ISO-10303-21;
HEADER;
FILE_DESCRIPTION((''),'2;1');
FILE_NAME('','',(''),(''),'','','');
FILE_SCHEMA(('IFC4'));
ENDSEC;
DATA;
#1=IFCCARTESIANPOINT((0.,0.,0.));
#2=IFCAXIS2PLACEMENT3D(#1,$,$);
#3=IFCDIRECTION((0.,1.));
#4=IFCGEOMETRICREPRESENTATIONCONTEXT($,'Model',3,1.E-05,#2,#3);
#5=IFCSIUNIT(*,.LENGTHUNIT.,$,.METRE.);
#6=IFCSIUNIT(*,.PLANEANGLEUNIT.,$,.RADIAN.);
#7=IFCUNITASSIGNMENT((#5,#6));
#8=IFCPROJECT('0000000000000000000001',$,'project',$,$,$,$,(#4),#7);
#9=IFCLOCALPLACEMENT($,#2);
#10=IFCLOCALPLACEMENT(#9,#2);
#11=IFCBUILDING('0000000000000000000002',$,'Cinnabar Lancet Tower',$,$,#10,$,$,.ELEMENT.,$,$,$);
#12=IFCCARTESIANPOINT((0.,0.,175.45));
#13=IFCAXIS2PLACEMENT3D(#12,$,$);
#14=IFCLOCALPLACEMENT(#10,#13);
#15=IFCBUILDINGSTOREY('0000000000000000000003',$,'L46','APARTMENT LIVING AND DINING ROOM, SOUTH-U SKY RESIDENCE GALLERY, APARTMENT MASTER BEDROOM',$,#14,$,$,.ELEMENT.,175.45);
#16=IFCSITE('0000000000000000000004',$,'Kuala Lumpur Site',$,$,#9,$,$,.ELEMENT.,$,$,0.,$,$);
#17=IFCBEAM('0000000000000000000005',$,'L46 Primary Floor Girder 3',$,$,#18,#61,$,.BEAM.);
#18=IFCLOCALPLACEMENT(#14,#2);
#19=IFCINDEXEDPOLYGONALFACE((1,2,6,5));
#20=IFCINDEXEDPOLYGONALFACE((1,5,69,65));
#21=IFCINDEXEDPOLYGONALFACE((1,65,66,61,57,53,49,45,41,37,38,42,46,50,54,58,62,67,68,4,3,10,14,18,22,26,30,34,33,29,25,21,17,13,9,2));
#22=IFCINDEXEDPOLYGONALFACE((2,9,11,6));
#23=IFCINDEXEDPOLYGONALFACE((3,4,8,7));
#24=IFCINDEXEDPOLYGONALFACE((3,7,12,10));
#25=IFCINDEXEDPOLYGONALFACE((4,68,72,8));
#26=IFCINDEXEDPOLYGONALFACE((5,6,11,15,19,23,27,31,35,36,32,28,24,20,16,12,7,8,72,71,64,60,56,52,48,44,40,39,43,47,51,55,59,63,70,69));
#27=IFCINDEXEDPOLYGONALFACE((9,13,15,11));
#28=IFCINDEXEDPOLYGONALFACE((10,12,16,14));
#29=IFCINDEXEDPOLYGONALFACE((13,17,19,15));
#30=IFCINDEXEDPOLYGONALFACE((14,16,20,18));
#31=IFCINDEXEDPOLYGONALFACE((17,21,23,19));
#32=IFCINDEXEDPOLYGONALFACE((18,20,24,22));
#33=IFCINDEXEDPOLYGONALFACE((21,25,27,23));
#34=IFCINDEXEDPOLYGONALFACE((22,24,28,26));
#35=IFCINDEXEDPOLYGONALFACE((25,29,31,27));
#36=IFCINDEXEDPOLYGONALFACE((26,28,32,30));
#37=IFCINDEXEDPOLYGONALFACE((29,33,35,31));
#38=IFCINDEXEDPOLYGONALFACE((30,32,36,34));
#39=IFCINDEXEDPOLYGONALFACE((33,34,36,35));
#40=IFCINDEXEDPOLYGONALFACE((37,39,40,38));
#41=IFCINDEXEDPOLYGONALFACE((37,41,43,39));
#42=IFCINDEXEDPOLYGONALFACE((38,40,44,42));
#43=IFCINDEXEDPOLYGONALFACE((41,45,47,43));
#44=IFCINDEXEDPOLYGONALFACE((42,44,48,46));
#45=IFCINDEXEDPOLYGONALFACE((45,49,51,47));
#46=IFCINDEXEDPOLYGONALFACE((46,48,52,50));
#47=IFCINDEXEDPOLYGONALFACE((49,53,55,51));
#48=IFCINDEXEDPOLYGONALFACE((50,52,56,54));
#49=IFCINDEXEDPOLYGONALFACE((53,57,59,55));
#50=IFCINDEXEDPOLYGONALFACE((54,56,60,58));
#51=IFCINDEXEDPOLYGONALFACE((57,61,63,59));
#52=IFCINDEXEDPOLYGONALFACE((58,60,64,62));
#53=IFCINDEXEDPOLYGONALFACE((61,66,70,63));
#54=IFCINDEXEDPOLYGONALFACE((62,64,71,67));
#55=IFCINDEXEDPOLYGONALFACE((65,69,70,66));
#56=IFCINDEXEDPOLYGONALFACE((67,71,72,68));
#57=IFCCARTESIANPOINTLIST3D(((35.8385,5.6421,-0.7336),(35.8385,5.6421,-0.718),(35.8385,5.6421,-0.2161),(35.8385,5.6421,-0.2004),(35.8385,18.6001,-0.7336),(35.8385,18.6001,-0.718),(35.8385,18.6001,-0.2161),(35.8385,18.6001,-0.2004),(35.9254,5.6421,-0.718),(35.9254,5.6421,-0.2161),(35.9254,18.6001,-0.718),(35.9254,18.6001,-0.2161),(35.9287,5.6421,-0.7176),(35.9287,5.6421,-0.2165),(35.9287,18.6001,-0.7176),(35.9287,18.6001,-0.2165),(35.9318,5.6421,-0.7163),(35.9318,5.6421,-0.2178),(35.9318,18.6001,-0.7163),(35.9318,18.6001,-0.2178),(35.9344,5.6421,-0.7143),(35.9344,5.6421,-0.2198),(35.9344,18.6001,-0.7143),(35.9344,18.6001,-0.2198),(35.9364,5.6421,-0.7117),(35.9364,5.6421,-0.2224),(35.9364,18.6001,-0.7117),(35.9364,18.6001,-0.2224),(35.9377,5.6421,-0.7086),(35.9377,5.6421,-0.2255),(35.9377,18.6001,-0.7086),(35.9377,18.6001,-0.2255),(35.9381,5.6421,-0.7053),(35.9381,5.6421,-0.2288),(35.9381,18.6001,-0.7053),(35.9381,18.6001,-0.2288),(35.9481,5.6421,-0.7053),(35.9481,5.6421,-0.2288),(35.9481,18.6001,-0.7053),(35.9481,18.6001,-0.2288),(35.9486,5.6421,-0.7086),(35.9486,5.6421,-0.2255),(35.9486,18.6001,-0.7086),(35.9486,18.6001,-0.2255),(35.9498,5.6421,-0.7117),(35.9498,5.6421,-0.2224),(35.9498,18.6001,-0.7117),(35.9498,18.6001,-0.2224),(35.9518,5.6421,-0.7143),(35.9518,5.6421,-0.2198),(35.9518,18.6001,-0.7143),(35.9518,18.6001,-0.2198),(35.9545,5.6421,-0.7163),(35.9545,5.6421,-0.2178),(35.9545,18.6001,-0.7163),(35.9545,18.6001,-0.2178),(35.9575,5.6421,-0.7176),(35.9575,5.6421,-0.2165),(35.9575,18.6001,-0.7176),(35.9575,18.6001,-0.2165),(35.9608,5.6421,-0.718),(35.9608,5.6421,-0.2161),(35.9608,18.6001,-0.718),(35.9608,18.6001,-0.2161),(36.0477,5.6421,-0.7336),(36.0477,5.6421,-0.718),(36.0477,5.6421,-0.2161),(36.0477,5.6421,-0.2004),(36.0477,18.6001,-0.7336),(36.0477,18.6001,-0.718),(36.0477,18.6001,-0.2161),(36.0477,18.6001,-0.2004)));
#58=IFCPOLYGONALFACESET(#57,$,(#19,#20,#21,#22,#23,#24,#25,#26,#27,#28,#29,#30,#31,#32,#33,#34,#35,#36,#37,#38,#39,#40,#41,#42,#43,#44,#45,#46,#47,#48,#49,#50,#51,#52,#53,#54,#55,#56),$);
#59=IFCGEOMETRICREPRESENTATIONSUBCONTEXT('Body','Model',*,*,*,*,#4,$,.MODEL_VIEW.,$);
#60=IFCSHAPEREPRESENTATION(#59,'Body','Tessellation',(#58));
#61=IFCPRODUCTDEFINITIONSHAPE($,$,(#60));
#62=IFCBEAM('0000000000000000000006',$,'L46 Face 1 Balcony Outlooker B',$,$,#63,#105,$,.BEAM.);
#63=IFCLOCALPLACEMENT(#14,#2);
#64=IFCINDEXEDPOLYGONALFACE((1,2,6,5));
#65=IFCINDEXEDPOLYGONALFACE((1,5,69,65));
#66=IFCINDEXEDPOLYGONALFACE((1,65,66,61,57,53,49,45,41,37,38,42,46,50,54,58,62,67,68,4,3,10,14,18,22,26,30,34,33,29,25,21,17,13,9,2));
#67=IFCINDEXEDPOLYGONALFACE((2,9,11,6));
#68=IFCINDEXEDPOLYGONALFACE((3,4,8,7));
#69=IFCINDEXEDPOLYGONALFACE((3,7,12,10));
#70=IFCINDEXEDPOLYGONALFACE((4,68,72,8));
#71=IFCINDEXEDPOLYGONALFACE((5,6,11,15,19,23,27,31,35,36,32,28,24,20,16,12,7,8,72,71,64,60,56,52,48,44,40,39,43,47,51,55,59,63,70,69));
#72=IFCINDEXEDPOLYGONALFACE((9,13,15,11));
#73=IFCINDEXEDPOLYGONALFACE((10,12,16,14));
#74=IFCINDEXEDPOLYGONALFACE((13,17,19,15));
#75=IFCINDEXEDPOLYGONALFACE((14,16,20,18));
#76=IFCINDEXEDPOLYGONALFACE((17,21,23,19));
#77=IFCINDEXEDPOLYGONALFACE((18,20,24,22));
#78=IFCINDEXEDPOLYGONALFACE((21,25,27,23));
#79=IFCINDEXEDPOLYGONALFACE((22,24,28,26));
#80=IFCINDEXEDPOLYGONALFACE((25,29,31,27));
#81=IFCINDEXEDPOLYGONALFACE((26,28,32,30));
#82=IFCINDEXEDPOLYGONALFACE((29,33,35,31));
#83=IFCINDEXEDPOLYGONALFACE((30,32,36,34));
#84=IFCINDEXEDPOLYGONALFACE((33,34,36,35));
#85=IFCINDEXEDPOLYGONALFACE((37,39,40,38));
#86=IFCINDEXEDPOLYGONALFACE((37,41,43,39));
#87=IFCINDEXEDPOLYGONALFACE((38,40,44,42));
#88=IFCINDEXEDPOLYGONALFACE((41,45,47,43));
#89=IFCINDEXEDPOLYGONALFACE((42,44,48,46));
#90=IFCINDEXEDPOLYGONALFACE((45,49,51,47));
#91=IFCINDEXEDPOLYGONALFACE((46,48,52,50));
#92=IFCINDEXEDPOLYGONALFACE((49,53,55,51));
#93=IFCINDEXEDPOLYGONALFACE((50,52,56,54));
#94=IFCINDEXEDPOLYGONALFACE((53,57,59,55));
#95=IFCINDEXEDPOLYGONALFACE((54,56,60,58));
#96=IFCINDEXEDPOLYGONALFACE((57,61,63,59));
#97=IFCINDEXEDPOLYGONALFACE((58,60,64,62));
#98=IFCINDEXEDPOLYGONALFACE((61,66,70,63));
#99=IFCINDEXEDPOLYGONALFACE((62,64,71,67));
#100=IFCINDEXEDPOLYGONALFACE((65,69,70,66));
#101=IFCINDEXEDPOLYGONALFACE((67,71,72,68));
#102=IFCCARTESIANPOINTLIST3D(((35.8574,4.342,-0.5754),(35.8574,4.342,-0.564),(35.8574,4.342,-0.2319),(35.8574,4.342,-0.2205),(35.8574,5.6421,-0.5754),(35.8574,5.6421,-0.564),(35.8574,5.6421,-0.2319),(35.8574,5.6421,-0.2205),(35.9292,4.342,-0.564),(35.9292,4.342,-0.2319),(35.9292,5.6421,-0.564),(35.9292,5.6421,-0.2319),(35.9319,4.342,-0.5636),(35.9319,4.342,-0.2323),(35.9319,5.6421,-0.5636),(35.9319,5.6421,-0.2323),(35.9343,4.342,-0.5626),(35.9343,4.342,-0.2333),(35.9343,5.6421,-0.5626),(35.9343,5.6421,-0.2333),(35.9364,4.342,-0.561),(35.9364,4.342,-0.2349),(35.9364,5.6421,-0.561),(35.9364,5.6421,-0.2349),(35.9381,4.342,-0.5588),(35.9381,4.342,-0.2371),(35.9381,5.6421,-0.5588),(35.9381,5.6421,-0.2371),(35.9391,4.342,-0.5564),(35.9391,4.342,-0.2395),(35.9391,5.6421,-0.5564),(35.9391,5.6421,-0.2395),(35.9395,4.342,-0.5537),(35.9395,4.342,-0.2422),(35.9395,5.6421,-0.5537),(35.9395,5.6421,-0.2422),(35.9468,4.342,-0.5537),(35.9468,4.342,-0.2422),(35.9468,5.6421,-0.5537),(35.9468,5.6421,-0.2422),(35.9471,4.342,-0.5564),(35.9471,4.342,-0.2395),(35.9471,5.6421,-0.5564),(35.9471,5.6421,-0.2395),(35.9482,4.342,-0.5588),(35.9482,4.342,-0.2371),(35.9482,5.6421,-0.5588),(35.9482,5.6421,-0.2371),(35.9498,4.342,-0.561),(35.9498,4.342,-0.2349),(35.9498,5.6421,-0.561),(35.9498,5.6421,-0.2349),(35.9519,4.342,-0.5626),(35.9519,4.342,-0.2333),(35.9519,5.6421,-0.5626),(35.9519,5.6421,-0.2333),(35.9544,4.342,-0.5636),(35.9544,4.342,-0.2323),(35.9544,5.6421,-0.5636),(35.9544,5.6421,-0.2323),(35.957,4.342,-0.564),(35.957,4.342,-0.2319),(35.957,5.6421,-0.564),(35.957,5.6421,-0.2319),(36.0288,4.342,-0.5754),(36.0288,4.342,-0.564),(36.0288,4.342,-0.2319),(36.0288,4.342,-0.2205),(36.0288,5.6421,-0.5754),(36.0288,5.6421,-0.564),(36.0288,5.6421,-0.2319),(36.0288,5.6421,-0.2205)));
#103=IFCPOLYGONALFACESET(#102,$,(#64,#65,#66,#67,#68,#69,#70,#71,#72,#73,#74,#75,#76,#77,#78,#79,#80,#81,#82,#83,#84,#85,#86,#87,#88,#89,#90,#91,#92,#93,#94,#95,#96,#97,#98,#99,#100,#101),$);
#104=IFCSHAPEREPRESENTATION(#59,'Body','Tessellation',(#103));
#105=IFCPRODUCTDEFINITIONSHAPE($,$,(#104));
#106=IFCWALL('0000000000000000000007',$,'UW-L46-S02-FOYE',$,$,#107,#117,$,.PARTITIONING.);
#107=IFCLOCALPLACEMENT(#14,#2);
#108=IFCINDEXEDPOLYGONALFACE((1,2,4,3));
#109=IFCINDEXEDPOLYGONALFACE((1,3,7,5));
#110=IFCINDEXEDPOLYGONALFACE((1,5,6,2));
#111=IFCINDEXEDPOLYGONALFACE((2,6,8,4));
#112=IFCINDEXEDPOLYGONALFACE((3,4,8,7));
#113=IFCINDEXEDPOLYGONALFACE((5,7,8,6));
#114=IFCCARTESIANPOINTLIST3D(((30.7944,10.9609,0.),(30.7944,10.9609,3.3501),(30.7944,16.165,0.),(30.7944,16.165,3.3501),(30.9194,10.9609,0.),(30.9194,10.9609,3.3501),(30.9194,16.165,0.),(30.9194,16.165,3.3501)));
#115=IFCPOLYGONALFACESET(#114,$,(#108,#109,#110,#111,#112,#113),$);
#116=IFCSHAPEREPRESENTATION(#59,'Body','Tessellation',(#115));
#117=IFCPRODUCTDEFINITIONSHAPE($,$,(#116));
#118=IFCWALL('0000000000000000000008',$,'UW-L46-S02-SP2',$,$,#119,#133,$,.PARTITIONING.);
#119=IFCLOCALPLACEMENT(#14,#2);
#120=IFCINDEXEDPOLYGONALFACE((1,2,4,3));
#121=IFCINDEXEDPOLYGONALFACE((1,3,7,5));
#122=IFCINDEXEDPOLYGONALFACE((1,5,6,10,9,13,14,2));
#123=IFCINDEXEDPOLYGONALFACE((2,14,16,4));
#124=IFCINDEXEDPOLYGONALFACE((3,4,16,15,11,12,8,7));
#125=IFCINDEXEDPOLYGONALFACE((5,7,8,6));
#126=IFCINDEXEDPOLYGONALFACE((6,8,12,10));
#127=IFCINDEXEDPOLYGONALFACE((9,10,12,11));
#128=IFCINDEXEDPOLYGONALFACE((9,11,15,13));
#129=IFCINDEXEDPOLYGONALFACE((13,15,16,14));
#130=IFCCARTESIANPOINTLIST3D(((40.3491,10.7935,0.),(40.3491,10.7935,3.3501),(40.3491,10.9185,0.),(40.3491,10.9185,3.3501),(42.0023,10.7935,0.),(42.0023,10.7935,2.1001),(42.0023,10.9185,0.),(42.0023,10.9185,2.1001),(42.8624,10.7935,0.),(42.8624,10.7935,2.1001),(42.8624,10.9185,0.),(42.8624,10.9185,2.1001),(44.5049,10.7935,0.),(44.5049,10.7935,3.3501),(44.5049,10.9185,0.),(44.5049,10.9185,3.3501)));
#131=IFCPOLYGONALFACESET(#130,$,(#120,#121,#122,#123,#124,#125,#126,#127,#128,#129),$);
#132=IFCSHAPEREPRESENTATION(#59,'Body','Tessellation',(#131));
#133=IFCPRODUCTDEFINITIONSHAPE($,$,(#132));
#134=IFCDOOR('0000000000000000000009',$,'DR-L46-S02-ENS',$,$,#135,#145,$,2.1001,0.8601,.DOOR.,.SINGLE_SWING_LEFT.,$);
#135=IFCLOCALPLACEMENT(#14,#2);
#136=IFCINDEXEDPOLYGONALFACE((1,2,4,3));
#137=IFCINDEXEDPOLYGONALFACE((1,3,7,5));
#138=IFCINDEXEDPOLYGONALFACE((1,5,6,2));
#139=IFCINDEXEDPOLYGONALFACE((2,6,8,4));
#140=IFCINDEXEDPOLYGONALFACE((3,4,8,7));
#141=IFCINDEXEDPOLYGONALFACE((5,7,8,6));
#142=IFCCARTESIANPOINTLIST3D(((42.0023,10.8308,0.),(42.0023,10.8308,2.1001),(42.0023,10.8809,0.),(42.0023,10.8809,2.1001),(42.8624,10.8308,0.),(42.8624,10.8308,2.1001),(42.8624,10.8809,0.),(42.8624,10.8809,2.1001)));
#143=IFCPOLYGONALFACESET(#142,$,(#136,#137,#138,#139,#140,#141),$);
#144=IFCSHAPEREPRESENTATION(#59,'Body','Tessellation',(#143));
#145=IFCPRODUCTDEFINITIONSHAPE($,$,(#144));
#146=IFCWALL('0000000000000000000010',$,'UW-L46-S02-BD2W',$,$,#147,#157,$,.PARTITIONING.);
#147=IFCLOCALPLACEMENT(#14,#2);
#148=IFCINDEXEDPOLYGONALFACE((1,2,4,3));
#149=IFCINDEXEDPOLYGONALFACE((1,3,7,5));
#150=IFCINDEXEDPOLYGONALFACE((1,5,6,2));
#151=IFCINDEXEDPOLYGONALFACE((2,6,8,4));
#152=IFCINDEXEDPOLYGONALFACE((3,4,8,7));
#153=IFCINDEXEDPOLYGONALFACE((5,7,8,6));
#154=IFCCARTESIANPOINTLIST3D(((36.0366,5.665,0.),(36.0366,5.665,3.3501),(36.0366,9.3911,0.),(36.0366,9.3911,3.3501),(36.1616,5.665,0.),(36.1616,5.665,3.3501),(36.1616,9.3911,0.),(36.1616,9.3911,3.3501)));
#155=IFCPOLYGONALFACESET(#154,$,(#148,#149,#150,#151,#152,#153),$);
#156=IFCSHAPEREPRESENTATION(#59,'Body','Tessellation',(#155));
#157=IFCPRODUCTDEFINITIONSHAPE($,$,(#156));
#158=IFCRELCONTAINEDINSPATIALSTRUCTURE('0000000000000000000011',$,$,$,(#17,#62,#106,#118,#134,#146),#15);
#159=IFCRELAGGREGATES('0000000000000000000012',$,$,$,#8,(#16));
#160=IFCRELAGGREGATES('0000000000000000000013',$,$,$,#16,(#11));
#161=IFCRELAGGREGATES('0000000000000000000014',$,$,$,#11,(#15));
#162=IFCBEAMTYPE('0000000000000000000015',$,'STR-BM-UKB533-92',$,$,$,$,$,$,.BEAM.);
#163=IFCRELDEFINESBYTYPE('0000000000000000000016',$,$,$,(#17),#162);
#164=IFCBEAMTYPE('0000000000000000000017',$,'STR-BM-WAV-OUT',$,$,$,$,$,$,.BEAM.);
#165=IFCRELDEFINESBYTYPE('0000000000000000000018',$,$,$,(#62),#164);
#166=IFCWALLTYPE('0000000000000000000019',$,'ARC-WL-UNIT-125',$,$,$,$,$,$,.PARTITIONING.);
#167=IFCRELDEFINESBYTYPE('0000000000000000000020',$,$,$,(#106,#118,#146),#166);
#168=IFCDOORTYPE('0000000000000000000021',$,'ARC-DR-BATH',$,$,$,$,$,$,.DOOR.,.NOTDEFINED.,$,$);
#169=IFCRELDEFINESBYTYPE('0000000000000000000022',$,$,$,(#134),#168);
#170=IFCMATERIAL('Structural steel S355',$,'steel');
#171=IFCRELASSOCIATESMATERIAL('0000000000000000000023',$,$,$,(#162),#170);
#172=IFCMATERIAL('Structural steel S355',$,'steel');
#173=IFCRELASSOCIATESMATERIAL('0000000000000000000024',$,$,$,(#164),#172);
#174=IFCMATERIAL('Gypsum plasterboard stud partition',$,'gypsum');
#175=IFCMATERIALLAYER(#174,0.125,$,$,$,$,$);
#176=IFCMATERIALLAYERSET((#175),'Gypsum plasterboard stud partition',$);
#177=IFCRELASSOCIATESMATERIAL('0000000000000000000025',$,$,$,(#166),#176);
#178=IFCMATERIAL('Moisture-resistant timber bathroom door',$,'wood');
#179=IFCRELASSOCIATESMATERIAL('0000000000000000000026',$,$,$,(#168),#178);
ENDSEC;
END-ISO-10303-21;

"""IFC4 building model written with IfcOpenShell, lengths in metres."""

from ifc_helpers import new_model, si_unit, direction, frame, frame_2d, origin, origin_2d, place, context, subcontext, project, spatial, rectangle, i_section, extrude, material, layer, layer_set, material_profile, profile_set, type_object, element, fill, save


model = new_model("IFC4")

# Units and contexts
model_context = context("Model", 3, precision=1e-05, world=origin(), true_north=direction((0.0, 1.0)))
body_context = subcontext(model_context, "Body", "Model", "MODEL_VIEW")
ifc_project = project(units=[si_unit("LENGTHUNIT", "METRE"), si_unit("PLANEANGLEUNIT", "RADIAN")], contexts=[model_context])

# Site, building, storey
site_placement = place(None, origin())
site = spatial("IfcSite", under=ifc_project, at=site_placement, Name="Kuala Lumpur Site", CompositionType="ELEMENT", RefElevation=0.0)
building_placement = place(site_placement, origin())
building = spatial("IfcBuilding", under=site, at=building_placement, Name="Cinnabar Lancet Tower", CompositionType="ELEMENT")
storey_placement = place(building_placement, frame((0.0, 0.0, 175.45)))
storey = spatial("IfcBuildingStorey", under=building, at=storey_placement, Name="L46", Description="APARTMENT LIVING AND DINING ROOM, SOUTH-U SKY RESIDENCE GALLERY, APARTMENT MASTER BEDROOM", CompositionType="ELEMENT", Elevation=175.45)

# Beams
ifc_material_1 = material(Name="Structural steel S355", Category="steel")
ifc_material_profile_1 = material_profile(ifc_material_1, i_section(OverallWidth=0.2092, OverallDepth=0.5332, WebThickness=0.01, FlangeThickness=0.0156, FilletRadius=0.0127, at=origin_2d()), Name="UKB 533x210x92")
ifc_profile_set_1 = profile_set([ifc_material_profile_1], Name="Structural steel S355")
beam_type_1 = type_object("IfcBeamType", Name="STR-BM-UKB533-92", PredefinedType="BEAM", material=ifc_profile_set_1)
beam_1_placement = place(storey_placement, frame((35.9431, 5.6421, -0.467), z_axis=(0.0, 1.0, 0.0), x_axis=(-1.0, 0.0, 0.0)))
element("IfcBeam", 1, at=beam_1_placement, inside=storey, type_object=beam_type_1, Name="L46 Primary Floor Girder 3", PredefinedType="BEAM", context=body_context, shape_type="SweptSolid", body=[
    extrude(i_section(OverallWidth=0.2092, OverallDepth=0.5332, WebThickness=0.01, FlangeThickness=0.0156, FilletRadius=0.0127, at=origin_2d()), origin(), (0.0, 0.0, 1.0), 12.958),
])
ifc_material_2 = material(Name="Structural steel S355", Category="steel")
ifc_material_profile_2 = material_profile(ifc_material_2, i_section(OverallWidth=0.1714, OverallDepth=0.355, WebThickness=0.0073, FlangeThickness=0.0115, FilletRadius=0.0103, at=origin_2d()), Name="UKB 356x171x51")
ifc_profile_set_2 = profile_set([ifc_material_profile_2], Name="Structural steel S355")
beam_type_2 = type_object("IfcBeamType", Name="STR-BM-WAV-OUT", PredefinedType="BEAM", material=ifc_profile_set_2)
beam_2_placement = place(storey_placement, frame((35.9431, 5.6421, -0.3979), z_axis=(0.0, -1.0, 0.0), x_axis=(1.0, 0.0, 0.0)))
element("IfcBeam", 2, at=beam_2_placement, inside=storey, type_object=beam_type_2, Name="L46 Face 1 Balcony Outlooker B", PredefinedType="BEAM", context=body_context, shape_type="SweptSolid", body=[
    extrude(i_section(OverallWidth=0.1714, OverallDepth=0.355, WebThickness=0.0073, FlangeThickness=0.0115, FilletRadius=0.0103, at=origin_2d()), origin(), (0.0, 0.0, 1.0), 1.3),
])

# Wall
ifc_material_3 = material(Name="Gypsum plasterboard stud partition", Category="gypsum")
ifc_layer_1 = layer(ifc_material_3, 0.125)
ifc_layer_set_1 = layer_set([ifc_layer_1], Name="Gypsum plasterboard stud partition")
wall_type_1 = type_object("IfcWallType", Name="ARC-WL-UNIT-125", PredefinedType="PARTITIONING", material=ifc_layer_set_1)
wall_1_placement = place(storey_placement, frame((30.8569, 10.9609, 0.0), z_axis=(0.0, 0.0, 1.0), x_axis=(0.0, 1.0, 0.0)))
element("IfcWall", 3, at=wall_1_placement, inside=storey, type_object=wall_type_1, Name="UW-L46-S02-FOYE", PredefinedType="PARTITIONING", context=body_context, shape_type="SweptSolid", body=[
    extrude(rectangle(XDim=5.2041, YDim=0.125, at=frame_2d((2.6021, 0.0))), origin(), (0.0, 0.0, 1.0), 3.3501),
])

# Wall, opening, door
wall_2_placement = place(storey_placement, frame((40.3491, 10.856, 0.0), z_axis=(0.0, 0.0, 1.0), x_axis=(1.0, 0.0, 0.0)))
wall_2 = element("IfcWall", 4, at=wall_2_placement, inside=storey, type_object=wall_type_1, Name="UW-L46-S02-SP2", PredefinedType="PARTITIONING", context=body_context, shape_type="SweptSolid", body=[
    extrude(rectangle(XDim=4.1558, YDim=0.125, at=frame_2d((2.0779, 0.0))), origin(), (0.0, 0.0, 1.0), 3.3501),
])
opening_1_placement = place(wall_2_placement, frame((1.6531, 0.0, 0.0)))
opening_1 = element("IfcOpeningElement", 5, at=opening_1_placement, cuts=wall_2, PredefinedType="OPENING", context=body_context, shape_type="SweptSolid", body=[
    extrude(rectangle(XDim=0.8601, YDim=2.1001, at=frame_2d((0.4302, 1.05))), frame((0.0, 0.0725, 0.0), z_axis=(0.0, -1.0, 0.0), x_axis=(1.0, 0.0, 0.0)), (0.0, 0.0, 1.0), 0.145),
])
ifc_material_4 = material(Name="Moisture-resistant timber bathroom door", Category="wood")
door_type_1 = type_object("IfcDoorType", Name="ARC-DR-BATH", OperationType="NOTDEFINED", PredefinedType="DOOR", material=ifc_material_4)
door_1_placement = place(opening_1_placement, origin())
door_1 = element("IfcDoor", 6, at=door_1_placement, inside=storey, type_object=door_type_1, Name="DR-L46-S02-ENS", OperationType="SINGLE_SWING_LEFT", OverallHeight=2.1001, OverallWidth=0.8601, PredefinedType="DOOR", context=body_context, shape_type="SweptSolid", body=[
    extrude(rectangle(XDim=0.8601, YDim=2.1001, at=frame_2d((0.4302, 1.05))), frame((0.0, 0.0249, 0.0), z_axis=(0.0, -1.0, 0.0), x_axis=(1.0, 0.0, 0.0)), (0.0, 0.0, 1.0), 0.05),
])
fill(opening_1, door_1)

# Wall
wall_3_placement = place(storey_placement, frame((36.0991, 5.665, 0.0), z_axis=(0.0, 0.0, 1.0), x_axis=(0.0, 1.0, 0.0)))
element("IfcWall", 7, at=wall_3_placement, inside=storey, type_object=wall_type_1, Name="UW-L46-S02-BD2W", PredefinedType="PARTITIONING", context=body_context, shape_type="SweptSolid", body=[
    extrude(rectangle(XDim=3.7261, YDim=0.125, at=frame_2d((1.863, 0.0))), origin(), (0.0, 0.0, 1.0), 3.3501),
])

save(model, "model.ifc")
